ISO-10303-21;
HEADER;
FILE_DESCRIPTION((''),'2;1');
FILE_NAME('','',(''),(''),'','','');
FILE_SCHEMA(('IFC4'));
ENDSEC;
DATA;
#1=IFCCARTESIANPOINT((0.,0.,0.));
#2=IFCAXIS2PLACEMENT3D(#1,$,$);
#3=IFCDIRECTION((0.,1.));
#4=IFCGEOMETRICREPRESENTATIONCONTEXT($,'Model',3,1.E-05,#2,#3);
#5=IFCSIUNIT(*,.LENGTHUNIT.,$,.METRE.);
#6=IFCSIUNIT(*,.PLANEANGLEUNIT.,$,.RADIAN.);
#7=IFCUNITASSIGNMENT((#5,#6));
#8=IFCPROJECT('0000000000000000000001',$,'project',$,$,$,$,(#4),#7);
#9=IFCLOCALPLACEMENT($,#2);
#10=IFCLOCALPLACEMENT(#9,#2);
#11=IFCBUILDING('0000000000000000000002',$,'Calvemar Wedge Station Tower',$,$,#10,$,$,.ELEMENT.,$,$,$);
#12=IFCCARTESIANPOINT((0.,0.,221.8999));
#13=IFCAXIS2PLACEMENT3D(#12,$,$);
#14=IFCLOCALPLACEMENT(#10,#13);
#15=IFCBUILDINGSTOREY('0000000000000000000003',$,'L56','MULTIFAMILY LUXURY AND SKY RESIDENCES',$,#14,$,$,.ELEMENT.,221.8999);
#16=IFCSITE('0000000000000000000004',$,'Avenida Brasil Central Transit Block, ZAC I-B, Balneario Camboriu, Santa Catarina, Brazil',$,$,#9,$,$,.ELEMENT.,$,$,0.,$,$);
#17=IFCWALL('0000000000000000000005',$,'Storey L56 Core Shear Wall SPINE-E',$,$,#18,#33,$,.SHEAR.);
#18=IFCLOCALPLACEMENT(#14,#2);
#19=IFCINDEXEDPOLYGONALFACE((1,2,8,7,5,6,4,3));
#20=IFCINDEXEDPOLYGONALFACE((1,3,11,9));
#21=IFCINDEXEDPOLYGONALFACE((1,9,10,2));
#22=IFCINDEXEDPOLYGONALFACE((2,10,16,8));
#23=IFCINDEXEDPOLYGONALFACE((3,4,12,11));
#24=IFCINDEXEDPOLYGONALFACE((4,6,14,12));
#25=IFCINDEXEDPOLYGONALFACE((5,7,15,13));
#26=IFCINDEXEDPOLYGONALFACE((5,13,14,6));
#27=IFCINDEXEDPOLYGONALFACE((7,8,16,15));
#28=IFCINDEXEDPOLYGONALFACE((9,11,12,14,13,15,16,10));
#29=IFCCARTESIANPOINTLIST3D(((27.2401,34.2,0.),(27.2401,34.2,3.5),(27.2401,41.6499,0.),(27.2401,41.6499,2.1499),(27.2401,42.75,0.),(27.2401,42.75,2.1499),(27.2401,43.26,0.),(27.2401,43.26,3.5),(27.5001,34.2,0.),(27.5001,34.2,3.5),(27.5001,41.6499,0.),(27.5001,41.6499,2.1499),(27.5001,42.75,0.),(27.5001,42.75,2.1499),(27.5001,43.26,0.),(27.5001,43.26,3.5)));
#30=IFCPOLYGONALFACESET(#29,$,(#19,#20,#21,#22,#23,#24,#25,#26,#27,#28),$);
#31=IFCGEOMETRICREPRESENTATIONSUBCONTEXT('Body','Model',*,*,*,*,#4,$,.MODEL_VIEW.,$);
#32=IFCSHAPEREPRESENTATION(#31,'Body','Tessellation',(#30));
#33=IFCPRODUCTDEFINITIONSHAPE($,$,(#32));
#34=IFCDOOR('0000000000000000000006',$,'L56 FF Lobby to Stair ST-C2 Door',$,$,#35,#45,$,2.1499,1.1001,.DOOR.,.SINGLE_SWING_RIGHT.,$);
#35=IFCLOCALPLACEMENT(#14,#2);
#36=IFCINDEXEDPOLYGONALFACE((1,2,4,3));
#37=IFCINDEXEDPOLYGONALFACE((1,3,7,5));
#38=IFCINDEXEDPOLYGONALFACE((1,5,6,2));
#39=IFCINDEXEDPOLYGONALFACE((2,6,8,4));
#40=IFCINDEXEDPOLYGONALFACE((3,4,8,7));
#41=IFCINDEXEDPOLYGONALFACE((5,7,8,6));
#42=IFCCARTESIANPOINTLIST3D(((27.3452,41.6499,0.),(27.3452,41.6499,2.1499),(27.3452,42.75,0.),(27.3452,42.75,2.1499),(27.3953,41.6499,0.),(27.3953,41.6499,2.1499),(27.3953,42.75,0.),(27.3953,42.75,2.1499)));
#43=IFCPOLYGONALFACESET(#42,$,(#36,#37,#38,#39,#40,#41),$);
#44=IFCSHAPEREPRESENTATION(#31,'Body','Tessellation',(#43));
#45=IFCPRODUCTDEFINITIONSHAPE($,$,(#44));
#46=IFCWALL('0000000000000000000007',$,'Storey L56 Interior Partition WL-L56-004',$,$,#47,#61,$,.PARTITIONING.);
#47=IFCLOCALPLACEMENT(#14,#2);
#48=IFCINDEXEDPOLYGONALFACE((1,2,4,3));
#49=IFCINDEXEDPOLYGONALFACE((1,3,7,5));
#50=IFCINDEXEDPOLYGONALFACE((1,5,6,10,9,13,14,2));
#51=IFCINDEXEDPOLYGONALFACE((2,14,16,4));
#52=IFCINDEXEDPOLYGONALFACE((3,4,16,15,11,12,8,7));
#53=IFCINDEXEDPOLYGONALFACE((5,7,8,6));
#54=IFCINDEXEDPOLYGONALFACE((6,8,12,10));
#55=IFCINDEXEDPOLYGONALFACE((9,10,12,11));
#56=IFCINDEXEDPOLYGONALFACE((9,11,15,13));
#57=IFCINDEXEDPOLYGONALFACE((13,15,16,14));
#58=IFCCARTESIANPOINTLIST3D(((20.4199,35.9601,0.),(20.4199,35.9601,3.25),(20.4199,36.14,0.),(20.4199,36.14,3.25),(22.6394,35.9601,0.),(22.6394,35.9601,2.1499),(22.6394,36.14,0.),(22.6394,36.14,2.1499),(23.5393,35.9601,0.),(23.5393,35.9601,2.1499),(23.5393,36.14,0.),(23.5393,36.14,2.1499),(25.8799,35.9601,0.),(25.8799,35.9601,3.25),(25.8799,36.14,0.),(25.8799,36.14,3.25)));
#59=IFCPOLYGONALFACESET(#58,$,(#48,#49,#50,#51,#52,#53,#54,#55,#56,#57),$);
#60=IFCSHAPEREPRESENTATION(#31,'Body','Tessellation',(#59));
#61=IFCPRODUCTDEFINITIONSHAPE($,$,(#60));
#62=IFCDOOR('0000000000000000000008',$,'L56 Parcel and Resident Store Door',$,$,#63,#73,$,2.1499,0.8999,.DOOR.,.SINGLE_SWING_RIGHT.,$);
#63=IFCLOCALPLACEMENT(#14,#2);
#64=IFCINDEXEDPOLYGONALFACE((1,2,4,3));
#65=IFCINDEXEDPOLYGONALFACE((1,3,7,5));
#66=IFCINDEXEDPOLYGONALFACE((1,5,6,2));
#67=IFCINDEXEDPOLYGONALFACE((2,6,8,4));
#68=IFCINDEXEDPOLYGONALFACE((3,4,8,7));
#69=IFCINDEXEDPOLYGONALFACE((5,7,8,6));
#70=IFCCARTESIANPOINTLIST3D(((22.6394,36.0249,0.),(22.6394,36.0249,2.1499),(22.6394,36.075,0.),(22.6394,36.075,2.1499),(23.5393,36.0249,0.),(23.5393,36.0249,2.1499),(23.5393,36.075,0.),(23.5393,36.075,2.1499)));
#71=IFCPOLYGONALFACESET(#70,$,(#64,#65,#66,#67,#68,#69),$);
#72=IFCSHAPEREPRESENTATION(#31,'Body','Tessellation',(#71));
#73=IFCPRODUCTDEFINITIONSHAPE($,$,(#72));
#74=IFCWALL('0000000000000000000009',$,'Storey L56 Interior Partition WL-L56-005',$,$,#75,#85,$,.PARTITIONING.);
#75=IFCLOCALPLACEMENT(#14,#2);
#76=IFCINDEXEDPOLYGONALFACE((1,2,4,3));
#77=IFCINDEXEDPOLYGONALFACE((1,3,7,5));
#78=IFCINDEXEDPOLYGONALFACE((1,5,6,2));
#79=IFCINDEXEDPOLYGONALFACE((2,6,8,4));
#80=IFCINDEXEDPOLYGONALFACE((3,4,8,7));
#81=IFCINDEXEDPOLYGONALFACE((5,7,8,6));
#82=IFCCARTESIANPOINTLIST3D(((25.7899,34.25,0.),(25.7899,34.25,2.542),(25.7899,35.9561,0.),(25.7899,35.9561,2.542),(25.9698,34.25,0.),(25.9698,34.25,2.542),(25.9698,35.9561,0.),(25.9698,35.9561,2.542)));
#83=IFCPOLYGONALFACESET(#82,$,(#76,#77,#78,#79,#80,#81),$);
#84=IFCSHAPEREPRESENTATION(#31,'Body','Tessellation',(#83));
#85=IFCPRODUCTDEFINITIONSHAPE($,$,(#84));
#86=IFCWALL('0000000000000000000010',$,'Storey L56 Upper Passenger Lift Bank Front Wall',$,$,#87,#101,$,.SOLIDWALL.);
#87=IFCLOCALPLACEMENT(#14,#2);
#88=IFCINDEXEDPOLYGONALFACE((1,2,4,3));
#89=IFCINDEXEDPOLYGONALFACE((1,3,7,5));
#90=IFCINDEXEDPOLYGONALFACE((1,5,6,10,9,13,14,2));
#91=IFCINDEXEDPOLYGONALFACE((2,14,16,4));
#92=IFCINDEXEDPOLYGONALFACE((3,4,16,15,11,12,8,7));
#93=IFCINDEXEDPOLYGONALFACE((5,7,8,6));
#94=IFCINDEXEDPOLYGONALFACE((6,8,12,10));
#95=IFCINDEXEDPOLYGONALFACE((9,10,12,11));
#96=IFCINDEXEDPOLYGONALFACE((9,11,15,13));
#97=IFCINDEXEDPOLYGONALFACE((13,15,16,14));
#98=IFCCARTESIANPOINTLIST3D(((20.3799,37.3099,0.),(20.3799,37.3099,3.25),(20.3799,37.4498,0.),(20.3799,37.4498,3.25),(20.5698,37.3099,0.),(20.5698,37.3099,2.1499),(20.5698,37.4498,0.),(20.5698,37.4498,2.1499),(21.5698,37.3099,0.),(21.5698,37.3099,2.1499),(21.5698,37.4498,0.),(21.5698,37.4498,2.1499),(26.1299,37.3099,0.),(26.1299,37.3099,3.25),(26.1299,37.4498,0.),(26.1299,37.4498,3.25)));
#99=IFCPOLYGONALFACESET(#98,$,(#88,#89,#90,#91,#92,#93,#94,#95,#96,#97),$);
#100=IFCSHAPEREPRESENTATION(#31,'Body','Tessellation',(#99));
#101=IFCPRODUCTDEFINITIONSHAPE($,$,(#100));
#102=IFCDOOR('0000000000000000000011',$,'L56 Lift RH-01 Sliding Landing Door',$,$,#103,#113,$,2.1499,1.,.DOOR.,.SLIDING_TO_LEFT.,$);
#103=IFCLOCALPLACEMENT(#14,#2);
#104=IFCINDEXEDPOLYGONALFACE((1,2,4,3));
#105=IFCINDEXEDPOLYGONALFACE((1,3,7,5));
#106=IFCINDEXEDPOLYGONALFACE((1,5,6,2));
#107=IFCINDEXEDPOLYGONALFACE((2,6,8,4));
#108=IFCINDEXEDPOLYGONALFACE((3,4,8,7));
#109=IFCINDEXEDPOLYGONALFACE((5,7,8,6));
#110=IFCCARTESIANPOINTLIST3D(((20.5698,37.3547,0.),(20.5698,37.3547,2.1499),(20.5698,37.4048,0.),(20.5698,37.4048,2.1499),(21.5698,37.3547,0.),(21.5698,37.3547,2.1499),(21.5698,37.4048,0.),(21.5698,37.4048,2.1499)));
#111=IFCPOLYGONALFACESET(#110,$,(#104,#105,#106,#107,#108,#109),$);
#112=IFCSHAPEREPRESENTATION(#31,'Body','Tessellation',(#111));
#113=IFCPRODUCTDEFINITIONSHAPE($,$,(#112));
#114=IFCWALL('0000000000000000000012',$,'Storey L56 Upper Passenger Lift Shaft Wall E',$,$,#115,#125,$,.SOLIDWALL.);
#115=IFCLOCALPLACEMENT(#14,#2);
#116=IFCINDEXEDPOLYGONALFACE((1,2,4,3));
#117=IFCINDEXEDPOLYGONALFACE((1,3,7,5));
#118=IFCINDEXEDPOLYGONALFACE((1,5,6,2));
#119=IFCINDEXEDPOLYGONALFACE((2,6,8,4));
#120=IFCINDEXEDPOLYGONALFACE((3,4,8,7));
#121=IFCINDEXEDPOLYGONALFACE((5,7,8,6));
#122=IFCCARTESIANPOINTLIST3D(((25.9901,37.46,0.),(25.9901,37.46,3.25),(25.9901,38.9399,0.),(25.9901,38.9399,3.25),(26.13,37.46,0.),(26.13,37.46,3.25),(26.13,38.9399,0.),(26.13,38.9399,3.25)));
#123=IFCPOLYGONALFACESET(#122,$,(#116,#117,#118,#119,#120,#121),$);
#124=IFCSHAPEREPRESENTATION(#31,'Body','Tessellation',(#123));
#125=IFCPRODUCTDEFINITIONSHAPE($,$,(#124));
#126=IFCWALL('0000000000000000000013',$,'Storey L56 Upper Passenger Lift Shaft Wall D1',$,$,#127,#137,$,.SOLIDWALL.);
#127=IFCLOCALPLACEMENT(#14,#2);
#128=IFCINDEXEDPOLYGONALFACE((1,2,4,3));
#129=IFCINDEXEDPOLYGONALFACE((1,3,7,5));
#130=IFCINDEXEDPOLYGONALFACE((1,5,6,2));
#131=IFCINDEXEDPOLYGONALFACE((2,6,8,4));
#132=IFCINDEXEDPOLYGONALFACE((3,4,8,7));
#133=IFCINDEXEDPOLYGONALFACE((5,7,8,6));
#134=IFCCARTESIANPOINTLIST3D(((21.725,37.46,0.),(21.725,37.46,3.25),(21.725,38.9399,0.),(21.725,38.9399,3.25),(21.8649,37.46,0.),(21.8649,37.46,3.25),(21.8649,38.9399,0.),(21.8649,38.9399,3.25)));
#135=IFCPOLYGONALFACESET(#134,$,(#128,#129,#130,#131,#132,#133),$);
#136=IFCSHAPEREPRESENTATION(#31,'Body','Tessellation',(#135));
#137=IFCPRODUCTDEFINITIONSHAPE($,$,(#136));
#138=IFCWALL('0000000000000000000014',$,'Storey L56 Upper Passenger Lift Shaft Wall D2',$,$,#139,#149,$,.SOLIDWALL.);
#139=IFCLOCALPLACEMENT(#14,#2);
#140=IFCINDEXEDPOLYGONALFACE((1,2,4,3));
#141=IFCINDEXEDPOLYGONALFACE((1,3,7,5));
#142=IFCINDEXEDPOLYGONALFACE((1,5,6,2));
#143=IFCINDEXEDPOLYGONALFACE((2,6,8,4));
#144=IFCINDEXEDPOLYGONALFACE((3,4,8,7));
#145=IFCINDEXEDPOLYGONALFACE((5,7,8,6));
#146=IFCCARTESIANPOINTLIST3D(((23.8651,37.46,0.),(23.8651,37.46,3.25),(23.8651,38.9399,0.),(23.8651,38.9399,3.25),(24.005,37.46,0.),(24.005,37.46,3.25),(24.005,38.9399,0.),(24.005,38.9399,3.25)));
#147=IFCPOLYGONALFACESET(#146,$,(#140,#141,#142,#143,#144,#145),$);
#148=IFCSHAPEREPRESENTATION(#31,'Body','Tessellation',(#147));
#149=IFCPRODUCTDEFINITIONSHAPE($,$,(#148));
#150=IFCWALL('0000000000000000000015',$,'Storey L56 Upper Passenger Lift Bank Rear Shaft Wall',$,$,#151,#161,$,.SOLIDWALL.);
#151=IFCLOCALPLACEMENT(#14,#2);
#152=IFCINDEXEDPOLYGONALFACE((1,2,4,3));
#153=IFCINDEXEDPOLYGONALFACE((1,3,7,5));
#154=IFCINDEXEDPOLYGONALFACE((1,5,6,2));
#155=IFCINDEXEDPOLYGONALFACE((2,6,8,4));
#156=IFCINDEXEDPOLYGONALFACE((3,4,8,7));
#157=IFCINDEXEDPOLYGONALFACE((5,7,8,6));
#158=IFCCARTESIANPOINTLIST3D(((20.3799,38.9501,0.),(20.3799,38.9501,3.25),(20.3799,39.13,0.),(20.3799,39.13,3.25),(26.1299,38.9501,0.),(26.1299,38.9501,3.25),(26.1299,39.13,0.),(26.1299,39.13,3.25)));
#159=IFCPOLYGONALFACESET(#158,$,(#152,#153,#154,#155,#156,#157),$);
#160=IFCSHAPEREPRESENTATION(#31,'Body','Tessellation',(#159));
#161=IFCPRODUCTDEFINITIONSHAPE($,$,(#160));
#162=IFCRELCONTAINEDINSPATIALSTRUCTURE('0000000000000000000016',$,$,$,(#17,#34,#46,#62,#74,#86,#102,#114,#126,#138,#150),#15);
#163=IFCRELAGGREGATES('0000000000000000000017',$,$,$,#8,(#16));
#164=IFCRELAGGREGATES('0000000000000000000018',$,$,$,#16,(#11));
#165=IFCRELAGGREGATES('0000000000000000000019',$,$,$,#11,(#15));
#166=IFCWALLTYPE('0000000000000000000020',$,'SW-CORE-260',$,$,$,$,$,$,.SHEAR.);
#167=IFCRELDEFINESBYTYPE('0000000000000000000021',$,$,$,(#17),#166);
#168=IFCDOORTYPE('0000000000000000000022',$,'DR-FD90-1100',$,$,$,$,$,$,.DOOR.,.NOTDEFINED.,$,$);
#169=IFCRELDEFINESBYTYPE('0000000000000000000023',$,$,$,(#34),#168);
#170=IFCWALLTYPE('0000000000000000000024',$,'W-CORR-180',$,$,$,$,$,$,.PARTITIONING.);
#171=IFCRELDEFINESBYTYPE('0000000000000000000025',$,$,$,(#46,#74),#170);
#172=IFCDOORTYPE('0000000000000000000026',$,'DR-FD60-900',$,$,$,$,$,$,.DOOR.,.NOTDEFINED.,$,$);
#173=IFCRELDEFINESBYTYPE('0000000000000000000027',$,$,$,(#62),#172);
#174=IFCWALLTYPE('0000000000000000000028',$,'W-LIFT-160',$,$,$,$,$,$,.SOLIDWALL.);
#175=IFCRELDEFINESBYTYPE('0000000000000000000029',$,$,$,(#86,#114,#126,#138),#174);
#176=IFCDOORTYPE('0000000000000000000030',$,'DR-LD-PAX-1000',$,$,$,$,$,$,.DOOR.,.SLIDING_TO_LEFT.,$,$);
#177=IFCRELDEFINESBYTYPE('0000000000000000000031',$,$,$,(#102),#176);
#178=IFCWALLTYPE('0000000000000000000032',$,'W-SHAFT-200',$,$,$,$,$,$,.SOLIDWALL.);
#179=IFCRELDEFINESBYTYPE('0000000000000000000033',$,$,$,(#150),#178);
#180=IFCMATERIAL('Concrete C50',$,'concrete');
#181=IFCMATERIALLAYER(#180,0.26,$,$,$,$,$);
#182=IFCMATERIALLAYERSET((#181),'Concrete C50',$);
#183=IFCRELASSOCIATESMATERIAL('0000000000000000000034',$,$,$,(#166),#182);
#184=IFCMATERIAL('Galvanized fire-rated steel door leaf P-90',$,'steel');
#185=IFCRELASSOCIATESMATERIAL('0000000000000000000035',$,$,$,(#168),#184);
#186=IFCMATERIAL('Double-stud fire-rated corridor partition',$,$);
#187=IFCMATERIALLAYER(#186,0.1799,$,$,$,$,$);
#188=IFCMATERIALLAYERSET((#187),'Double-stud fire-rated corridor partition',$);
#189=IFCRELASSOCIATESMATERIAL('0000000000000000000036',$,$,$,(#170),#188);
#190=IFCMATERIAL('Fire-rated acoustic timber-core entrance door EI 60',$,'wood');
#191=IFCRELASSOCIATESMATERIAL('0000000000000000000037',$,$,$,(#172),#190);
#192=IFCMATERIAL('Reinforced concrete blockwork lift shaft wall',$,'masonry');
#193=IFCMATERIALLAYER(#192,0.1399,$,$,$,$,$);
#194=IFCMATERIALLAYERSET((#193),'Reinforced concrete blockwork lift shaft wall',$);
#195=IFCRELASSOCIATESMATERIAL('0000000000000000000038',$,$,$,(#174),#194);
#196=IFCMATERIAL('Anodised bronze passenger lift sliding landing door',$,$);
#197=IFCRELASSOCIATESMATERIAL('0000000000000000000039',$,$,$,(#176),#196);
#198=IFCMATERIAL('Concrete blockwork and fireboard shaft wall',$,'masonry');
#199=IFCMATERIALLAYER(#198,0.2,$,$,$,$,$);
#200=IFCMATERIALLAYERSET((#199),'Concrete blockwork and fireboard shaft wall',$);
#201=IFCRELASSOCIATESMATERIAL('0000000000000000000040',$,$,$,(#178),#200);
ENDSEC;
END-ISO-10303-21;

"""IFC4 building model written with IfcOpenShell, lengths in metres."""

from ifc_helpers import new_model, si_unit, direction, frame, frame_2d, origin, place, context, subcontext, project, spatial, rectangle, extrude, source, transform, mapped, material, layer, layer_set, type_object, element, fill, save


model = new_model("IFC4")

# Units and contexts
model_context = context("Model", 3, precision=1e-05, world=origin(), true_north=direction((0.0, 1.0)))
body_context = subcontext(model_context, "Body", "Model", "MODEL_VIEW")
ifc_project = project(units=[si_unit("LENGTHUNIT", "METRE"), si_unit("PLANEANGLEUNIT", "RADIAN")], contexts=[model_context])

# Site, building, storey
site_placement = place(None, origin())
site = spatial("IfcSite", under=ifc_project, at=site_placement, Name="Avenida Brasil Central Transit Block, ZAC I-B, Balneario Camboriu, Santa Catarina, Brazil", CompositionType="ELEMENT", RefElevation=0.0)
building_placement = place(site_placement, origin())
building = spatial("IfcBuilding", under=site, at=building_placement, Name="Calvemar Wedge Station Tower", CompositionType="ELEMENT")
storey_placement = place(building_placement, frame((0.0, 0.0, 221.8999)))
storey = spatial("IfcBuildingStorey", under=building, at=storey_placement, Name="L56", Description="MULTIFAMILY LUXURY AND SKY RESIDENCES", CompositionType="ELEMENT", Elevation=221.8999)

# Shared definitions
ifc_material_1 = material(Name="Concrete C50", Category="concrete")

# Walls, openings, doors
ifc_layer_1 = layer(ifc_material_1, 0.26)
ifc_layer_set_1 = layer_set([ifc_layer_1], Name="Concrete C50")
wall_type_1 = type_object("IfcWallType", Name="SW-CORE-260", PredefinedType="SHEAR", material=ifc_layer_set_1)
shared_shape_1 = source(origin(), body_context, "Body", "SweptSolid", [
    extrude(rectangle(XDim=1.1001, YDim=2.1499, at=frame_2d((0.55, 1.075))), frame((0.0, 0.1401, 0.0), z_axis=(0.0, -1.0, 0.0), x_axis=(1.0, 0.0, 0.0)), (0.0, 0.0, 1.0), 0.28),
])
ifc_material_2 = material(Name="Galvanized fire-rated steel door leaf P-90", Category="steel")
door_type_1 = type_object("IfcDoorType", Name="DR-FD90-1100", OperationType="NOTDEFINED", PredefinedType="DOOR", material=ifc_material_2)
shared_shape_2 = source(origin(), body_context, "Body", "SweptSolid", [
    extrude(rectangle(XDim=1.1001, YDim=2.1499, at=frame_2d((0.55, 1.075))), frame((0.0, 0.0249, 0.0), z_axis=(0.0, -1.0, 0.0), x_axis=(1.0, 0.0, 0.0)), (0.0, 0.0, 1.0), 0.05),
])
wall_1_placement = place(storey_placement, frame((27.3701, 34.2, 0.0), z_axis=(0.0, 0.0, 1.0), x_axis=(0.0, 1.0, 0.0)))
wall_1 = element("IfcWall", 1, at=wall_1_placement, inside=storey, type_object=wall_type_1, Name="Storey L56 Core Shear Wall SPINE-E", PredefinedType="SHEAR", context=body_context, shape_type="SweptSolid", body=[
    extrude(rectangle(XDim=9.0601, YDim=0.26, at=frame_2d((4.53, 0.0))), origin(), (0.0, 0.0, 1.0), 3.5),
])
opening_1_placement = place(wall_1_placement, frame((7.45, 0.0, 0.0)))
opening_1 = element("IfcOpeningElement", 2, at=opening_1_placement, cuts=wall_1, PredefinedType="OPENING", context=body_context, shape_type="MappedRepresentation", body=[
    mapped(shared_shape_1, transform((0.0, 0.0, 0.0), scale=1.0)),
])
door_1_placement = place(opening_1_placement, origin())
door_1 = element("IfcDoor", 3, at=door_1_placement, inside=storey, type_object=door_type_1, Name="L56 FF Lobby to Stair ST-C2 Door", OperationType="SINGLE_SWING_RIGHT", OverallHeight=2.1499, OverallWidth=1.1001, PredefinedType="DOOR", context=body_context, shape_type="MappedRepresentation", body=[
    mapped(shared_shape_2, transform((0.0, 0.0, 0.0), scale=1.0)),
])
fill(opening_1, door_1)
ifc_material_3 = material(Name="Double-stud fire-rated corridor partition")
ifc_layer_2 = layer(ifc_material_3, 0.1799)
ifc_layer_set_2 = layer_set([ifc_layer_2], Name="Double-stud fire-rated corridor partition")
wall_type_2 = type_object("IfcWallType", Name="W-CORR-180", PredefinedType="PARTITIONING", material=ifc_layer_set_2)
shared_shape_3 = source(origin(), body_context, "Body", "SweptSolid", [
    extrude(rectangle(XDim=0.8999, YDim=2.1499, at=frame_2d((0.45, 1.075))), frame((0.0, 0.1001, 0.0), z_axis=(0.0, -1.0, 0.0), x_axis=(1.0, 0.0, 0.0)), (0.0, 0.0, 1.0), 0.2),
])
ifc_material_4 = material(Name="Fire-rated acoustic timber-core entrance door EI 60", Category="wood")
door_type_2 = type_object("IfcDoorType", Name="DR-FD60-900", OperationType="NOTDEFINED", PredefinedType="DOOR", material=ifc_material_4)
shared_shape_4 = source(origin(), body_context, "Body", "SweptSolid", [
    extrude(rectangle(XDim=0.8999, YDim=2.1499, at=frame_2d((0.45, 1.075))), frame((0.0, 0.0249, 0.0), z_axis=(0.0, -1.0, 0.0), x_axis=(1.0, 0.0, 0.0)), (0.0, 0.0, 1.0), 0.05),
])
wall_2_placement = place(storey_placement, frame((20.4199, 36.05, 0.0), z_axis=(0.0, 0.0, 1.0), x_axis=(1.0, 0.0, 0.0)))
wall_2 = element("IfcWall", 4, at=wall_2_placement, inside=storey, type_object=wall_type_2, Name="Storey L56 Interior Partition WL-L56-004", PredefinedType="PARTITIONING", context=body_context, shape_type="SweptSolid", body=[
    extrude(rectangle(XDim=5.46, YDim=0.1799, at=frame_2d((2.73, 0.0))), origin(), (0.0, 0.0, 1.0), 3.25),
])
opening_2_placement = place(wall_2_placement, frame((2.2195, 0.0, 0.0)))
opening_2 = element("IfcOpeningElement", 5, at=opening_2_placement, cuts=wall_2, PredefinedType="OPENING", context=body_context, shape_type="MappedRepresentation", body=[
    mapped(shared_shape_3, transform((0.0, 0.0, 0.0), scale=1.0)),
])
door_2_placement = place(opening_2_placement, origin())
door_2 = element("IfcDoor", 6, at=door_2_placement, inside=storey, type_object=door_type_2, Name="L56 Parcel and Resident Store Door", OperationType="SINGLE_SWING_RIGHT", OverallHeight=2.1499, OverallWidth=0.8999, PredefinedType="DOOR", context=body_context, shape_type="MappedRepresentation", body=[
    mapped(shared_shape_4, transform((0.0, 0.0, 0.0), scale=1.0)),
])
fill(opening_2, door_2)

# Wall
wall_3_placement = place(storey_placement, frame((25.8799, 35.9561, 0.0), z_axis=(0.0, 0.0, 1.0), x_axis=(0.0, -1.0, 0.0)))
element("IfcWall", 7, at=wall_3_placement, inside=storey, type_object=wall_type_2, Name="Storey L56 Interior Partition WL-L56-005", PredefinedType="PARTITIONING", context=body_context, shape_type="SweptSolid", body=[
    extrude(rectangle(XDim=1.7061, YDim=0.1799, at=frame_2d((0.853, 0.0))), origin(), (0.0, 0.0, 1.0), 2.542),
])

# Wall, opening, door
ifc_material_5 = material(Name="Reinforced concrete blockwork lift shaft wall", Category="masonry")
ifc_layer_3 = layer(ifc_material_5, 0.1399)
ifc_layer_set_3 = layer_set([ifc_layer_3], Name="Reinforced concrete blockwork lift shaft wall")
wall_type_3 = type_object("IfcWallType", Name="W-LIFT-160", PredefinedType="SOLIDWALL", material=ifc_layer_set_3)
wall_4_placement = place(storey_placement, frame((20.3799, 37.3799, 0.0), z_axis=(0.0, 0.0, 1.0), x_axis=(1.0, 0.0, 0.0)))
wall_4 = element("IfcWall", 8, at=wall_4_placement, inside=storey, type_object=wall_type_3, Name="Storey L56 Upper Passenger Lift Bank Front Wall", PredefinedType="SOLIDWALL", context=body_context, shape_type="SweptSolid", body=[
    extrude(rectangle(XDim=5.75, YDim=0.1399, at=frame_2d((2.875, 0.0))), origin(), (0.0, 0.0, 1.0), 3.25),
])
shared_shape_5 = source(origin(), body_context, "Body", "SweptSolid", [
    extrude(rectangle(XDim=1.0, YDim=2.1499, at=frame_2d((0.5, 1.075))), frame((0.0, 0.0801, 0.0), z_axis=(0.0, -1.0, 0.0), x_axis=(1.0, 0.0, 0.0)), (0.0, 0.0, 1.0), 0.1599),
])
opening_3_placement = place(wall_4_placement, frame((0.1899, 0.0, 0.0)))
opening_3 = element("IfcOpeningElement", 9, at=opening_3_placement, cuts=wall_4, PredefinedType="OPENING", context=body_context, shape_type="MappedRepresentation", body=[
    mapped(shared_shape_5, transform((0.0, 0.0, 0.0), scale=1.0)),
])
ifc_material_6 = material(Name="Anodised bronze passenger lift sliding landing door")
door_type_3 = type_object("IfcDoorType", Name="DR-LD-PAX-1000", OperationType="SLIDING_TO_LEFT", PredefinedType="DOOR", material=ifc_material_6)
shared_shape_6 = source(origin(), body_context, "Body", "SweptSolid", [
    extrude(rectangle(XDim=1.0, YDim=2.1499, at=frame_2d((0.5, 1.075))), frame((0.0, 0.0249, 0.0), z_axis=(0.0, -1.0, 0.0), x_axis=(1.0, 0.0, 0.0)), (0.0, 0.0, 1.0), 0.05),
])
door_3_placement = place(opening_3_placement, origin())
door_3 = element("IfcDoor", 10, at=door_3_placement, inside=storey, type_object=door_type_3, Name="L56 Lift RH-01 Sliding Landing Door", OperationType="SLIDING_TO_LEFT", OverallHeight=2.1499, OverallWidth=1.0, PredefinedType="DOOR", context=body_context, shape_type="MappedRepresentation", body=[
    mapped(shared_shape_6, transform((0.0, 0.0, 0.0), scale=1.0)),
])
fill(opening_3, door_3)

# Walls
for number, where, z_axis, x_axis, name in (
    (11, (26.0601, 37.46, 0.0), (0.0, 0.0, 1.0), (0.0, 1.0, 0.0), "Storey L56 Upper Passenger Lift Shaft Wall E"),
    (12, (21.7949, 37.46, 0.0), (0.0, 0.0, 1.0), (0.0, 1.0, 0.0), "Storey L56 Upper Passenger Lift Shaft Wall D1"),
    (13, (23.9351, 37.46, 0.0), (0.0, 0.0, 1.0), (0.0, 1.0, 0.0), "Storey L56 Upper Passenger Lift Shaft Wall D2"),
):
    element("IfcWall", number, at=place(storey_placement, frame(where, z_axis=z_axis, x_axis=x_axis)), inside=storey, type_object=wall_type_3, Name=name, PredefinedType="SOLIDWALL", context=body_context, shape_type="SweptSolid", body=[
        extrude(rectangle(XDim=1.48, YDim=0.1399, at=frame_2d((0.74, 0.0))), origin(), (0.0, 0.0, 1.0), 3.25),
    ])
ifc_material_7 = material(Name="Concrete blockwork and fireboard shaft wall", Category="masonry")
ifc_layer_4 = layer(ifc_material_7, 0.2)
ifc_layer_set_4 = layer_set([ifc_layer_4], Name="Concrete blockwork and fireboard shaft wall")
wall_type_4 = type_object("IfcWallType", Name="W-SHAFT-200", PredefinedType="SOLIDWALL", material=ifc_layer_set_4)
wall_5_placement = place(storey_placement, frame((20.3799, 39.04, 0.0), z_axis=(0.0, 0.0, 1.0), x_axis=(1.0, 0.0, 0.0)))
element("IfcWall", 14, at=wall_5_placement, inside=storey, type_object=wall_type_4, Name="Storey L56 Upper Passenger Lift Bank Rear Shaft Wall", PredefinedType="SOLIDWALL", context=body_context, shape_type="SweptSolid", body=[
    extrude(rectangle(XDim=5.75, YDim=0.1799, at=frame_2d((2.875, 0.0))), origin(), (0.0, 0.0, 1.0), 3.25),
])

save(model, "model.ifc")
